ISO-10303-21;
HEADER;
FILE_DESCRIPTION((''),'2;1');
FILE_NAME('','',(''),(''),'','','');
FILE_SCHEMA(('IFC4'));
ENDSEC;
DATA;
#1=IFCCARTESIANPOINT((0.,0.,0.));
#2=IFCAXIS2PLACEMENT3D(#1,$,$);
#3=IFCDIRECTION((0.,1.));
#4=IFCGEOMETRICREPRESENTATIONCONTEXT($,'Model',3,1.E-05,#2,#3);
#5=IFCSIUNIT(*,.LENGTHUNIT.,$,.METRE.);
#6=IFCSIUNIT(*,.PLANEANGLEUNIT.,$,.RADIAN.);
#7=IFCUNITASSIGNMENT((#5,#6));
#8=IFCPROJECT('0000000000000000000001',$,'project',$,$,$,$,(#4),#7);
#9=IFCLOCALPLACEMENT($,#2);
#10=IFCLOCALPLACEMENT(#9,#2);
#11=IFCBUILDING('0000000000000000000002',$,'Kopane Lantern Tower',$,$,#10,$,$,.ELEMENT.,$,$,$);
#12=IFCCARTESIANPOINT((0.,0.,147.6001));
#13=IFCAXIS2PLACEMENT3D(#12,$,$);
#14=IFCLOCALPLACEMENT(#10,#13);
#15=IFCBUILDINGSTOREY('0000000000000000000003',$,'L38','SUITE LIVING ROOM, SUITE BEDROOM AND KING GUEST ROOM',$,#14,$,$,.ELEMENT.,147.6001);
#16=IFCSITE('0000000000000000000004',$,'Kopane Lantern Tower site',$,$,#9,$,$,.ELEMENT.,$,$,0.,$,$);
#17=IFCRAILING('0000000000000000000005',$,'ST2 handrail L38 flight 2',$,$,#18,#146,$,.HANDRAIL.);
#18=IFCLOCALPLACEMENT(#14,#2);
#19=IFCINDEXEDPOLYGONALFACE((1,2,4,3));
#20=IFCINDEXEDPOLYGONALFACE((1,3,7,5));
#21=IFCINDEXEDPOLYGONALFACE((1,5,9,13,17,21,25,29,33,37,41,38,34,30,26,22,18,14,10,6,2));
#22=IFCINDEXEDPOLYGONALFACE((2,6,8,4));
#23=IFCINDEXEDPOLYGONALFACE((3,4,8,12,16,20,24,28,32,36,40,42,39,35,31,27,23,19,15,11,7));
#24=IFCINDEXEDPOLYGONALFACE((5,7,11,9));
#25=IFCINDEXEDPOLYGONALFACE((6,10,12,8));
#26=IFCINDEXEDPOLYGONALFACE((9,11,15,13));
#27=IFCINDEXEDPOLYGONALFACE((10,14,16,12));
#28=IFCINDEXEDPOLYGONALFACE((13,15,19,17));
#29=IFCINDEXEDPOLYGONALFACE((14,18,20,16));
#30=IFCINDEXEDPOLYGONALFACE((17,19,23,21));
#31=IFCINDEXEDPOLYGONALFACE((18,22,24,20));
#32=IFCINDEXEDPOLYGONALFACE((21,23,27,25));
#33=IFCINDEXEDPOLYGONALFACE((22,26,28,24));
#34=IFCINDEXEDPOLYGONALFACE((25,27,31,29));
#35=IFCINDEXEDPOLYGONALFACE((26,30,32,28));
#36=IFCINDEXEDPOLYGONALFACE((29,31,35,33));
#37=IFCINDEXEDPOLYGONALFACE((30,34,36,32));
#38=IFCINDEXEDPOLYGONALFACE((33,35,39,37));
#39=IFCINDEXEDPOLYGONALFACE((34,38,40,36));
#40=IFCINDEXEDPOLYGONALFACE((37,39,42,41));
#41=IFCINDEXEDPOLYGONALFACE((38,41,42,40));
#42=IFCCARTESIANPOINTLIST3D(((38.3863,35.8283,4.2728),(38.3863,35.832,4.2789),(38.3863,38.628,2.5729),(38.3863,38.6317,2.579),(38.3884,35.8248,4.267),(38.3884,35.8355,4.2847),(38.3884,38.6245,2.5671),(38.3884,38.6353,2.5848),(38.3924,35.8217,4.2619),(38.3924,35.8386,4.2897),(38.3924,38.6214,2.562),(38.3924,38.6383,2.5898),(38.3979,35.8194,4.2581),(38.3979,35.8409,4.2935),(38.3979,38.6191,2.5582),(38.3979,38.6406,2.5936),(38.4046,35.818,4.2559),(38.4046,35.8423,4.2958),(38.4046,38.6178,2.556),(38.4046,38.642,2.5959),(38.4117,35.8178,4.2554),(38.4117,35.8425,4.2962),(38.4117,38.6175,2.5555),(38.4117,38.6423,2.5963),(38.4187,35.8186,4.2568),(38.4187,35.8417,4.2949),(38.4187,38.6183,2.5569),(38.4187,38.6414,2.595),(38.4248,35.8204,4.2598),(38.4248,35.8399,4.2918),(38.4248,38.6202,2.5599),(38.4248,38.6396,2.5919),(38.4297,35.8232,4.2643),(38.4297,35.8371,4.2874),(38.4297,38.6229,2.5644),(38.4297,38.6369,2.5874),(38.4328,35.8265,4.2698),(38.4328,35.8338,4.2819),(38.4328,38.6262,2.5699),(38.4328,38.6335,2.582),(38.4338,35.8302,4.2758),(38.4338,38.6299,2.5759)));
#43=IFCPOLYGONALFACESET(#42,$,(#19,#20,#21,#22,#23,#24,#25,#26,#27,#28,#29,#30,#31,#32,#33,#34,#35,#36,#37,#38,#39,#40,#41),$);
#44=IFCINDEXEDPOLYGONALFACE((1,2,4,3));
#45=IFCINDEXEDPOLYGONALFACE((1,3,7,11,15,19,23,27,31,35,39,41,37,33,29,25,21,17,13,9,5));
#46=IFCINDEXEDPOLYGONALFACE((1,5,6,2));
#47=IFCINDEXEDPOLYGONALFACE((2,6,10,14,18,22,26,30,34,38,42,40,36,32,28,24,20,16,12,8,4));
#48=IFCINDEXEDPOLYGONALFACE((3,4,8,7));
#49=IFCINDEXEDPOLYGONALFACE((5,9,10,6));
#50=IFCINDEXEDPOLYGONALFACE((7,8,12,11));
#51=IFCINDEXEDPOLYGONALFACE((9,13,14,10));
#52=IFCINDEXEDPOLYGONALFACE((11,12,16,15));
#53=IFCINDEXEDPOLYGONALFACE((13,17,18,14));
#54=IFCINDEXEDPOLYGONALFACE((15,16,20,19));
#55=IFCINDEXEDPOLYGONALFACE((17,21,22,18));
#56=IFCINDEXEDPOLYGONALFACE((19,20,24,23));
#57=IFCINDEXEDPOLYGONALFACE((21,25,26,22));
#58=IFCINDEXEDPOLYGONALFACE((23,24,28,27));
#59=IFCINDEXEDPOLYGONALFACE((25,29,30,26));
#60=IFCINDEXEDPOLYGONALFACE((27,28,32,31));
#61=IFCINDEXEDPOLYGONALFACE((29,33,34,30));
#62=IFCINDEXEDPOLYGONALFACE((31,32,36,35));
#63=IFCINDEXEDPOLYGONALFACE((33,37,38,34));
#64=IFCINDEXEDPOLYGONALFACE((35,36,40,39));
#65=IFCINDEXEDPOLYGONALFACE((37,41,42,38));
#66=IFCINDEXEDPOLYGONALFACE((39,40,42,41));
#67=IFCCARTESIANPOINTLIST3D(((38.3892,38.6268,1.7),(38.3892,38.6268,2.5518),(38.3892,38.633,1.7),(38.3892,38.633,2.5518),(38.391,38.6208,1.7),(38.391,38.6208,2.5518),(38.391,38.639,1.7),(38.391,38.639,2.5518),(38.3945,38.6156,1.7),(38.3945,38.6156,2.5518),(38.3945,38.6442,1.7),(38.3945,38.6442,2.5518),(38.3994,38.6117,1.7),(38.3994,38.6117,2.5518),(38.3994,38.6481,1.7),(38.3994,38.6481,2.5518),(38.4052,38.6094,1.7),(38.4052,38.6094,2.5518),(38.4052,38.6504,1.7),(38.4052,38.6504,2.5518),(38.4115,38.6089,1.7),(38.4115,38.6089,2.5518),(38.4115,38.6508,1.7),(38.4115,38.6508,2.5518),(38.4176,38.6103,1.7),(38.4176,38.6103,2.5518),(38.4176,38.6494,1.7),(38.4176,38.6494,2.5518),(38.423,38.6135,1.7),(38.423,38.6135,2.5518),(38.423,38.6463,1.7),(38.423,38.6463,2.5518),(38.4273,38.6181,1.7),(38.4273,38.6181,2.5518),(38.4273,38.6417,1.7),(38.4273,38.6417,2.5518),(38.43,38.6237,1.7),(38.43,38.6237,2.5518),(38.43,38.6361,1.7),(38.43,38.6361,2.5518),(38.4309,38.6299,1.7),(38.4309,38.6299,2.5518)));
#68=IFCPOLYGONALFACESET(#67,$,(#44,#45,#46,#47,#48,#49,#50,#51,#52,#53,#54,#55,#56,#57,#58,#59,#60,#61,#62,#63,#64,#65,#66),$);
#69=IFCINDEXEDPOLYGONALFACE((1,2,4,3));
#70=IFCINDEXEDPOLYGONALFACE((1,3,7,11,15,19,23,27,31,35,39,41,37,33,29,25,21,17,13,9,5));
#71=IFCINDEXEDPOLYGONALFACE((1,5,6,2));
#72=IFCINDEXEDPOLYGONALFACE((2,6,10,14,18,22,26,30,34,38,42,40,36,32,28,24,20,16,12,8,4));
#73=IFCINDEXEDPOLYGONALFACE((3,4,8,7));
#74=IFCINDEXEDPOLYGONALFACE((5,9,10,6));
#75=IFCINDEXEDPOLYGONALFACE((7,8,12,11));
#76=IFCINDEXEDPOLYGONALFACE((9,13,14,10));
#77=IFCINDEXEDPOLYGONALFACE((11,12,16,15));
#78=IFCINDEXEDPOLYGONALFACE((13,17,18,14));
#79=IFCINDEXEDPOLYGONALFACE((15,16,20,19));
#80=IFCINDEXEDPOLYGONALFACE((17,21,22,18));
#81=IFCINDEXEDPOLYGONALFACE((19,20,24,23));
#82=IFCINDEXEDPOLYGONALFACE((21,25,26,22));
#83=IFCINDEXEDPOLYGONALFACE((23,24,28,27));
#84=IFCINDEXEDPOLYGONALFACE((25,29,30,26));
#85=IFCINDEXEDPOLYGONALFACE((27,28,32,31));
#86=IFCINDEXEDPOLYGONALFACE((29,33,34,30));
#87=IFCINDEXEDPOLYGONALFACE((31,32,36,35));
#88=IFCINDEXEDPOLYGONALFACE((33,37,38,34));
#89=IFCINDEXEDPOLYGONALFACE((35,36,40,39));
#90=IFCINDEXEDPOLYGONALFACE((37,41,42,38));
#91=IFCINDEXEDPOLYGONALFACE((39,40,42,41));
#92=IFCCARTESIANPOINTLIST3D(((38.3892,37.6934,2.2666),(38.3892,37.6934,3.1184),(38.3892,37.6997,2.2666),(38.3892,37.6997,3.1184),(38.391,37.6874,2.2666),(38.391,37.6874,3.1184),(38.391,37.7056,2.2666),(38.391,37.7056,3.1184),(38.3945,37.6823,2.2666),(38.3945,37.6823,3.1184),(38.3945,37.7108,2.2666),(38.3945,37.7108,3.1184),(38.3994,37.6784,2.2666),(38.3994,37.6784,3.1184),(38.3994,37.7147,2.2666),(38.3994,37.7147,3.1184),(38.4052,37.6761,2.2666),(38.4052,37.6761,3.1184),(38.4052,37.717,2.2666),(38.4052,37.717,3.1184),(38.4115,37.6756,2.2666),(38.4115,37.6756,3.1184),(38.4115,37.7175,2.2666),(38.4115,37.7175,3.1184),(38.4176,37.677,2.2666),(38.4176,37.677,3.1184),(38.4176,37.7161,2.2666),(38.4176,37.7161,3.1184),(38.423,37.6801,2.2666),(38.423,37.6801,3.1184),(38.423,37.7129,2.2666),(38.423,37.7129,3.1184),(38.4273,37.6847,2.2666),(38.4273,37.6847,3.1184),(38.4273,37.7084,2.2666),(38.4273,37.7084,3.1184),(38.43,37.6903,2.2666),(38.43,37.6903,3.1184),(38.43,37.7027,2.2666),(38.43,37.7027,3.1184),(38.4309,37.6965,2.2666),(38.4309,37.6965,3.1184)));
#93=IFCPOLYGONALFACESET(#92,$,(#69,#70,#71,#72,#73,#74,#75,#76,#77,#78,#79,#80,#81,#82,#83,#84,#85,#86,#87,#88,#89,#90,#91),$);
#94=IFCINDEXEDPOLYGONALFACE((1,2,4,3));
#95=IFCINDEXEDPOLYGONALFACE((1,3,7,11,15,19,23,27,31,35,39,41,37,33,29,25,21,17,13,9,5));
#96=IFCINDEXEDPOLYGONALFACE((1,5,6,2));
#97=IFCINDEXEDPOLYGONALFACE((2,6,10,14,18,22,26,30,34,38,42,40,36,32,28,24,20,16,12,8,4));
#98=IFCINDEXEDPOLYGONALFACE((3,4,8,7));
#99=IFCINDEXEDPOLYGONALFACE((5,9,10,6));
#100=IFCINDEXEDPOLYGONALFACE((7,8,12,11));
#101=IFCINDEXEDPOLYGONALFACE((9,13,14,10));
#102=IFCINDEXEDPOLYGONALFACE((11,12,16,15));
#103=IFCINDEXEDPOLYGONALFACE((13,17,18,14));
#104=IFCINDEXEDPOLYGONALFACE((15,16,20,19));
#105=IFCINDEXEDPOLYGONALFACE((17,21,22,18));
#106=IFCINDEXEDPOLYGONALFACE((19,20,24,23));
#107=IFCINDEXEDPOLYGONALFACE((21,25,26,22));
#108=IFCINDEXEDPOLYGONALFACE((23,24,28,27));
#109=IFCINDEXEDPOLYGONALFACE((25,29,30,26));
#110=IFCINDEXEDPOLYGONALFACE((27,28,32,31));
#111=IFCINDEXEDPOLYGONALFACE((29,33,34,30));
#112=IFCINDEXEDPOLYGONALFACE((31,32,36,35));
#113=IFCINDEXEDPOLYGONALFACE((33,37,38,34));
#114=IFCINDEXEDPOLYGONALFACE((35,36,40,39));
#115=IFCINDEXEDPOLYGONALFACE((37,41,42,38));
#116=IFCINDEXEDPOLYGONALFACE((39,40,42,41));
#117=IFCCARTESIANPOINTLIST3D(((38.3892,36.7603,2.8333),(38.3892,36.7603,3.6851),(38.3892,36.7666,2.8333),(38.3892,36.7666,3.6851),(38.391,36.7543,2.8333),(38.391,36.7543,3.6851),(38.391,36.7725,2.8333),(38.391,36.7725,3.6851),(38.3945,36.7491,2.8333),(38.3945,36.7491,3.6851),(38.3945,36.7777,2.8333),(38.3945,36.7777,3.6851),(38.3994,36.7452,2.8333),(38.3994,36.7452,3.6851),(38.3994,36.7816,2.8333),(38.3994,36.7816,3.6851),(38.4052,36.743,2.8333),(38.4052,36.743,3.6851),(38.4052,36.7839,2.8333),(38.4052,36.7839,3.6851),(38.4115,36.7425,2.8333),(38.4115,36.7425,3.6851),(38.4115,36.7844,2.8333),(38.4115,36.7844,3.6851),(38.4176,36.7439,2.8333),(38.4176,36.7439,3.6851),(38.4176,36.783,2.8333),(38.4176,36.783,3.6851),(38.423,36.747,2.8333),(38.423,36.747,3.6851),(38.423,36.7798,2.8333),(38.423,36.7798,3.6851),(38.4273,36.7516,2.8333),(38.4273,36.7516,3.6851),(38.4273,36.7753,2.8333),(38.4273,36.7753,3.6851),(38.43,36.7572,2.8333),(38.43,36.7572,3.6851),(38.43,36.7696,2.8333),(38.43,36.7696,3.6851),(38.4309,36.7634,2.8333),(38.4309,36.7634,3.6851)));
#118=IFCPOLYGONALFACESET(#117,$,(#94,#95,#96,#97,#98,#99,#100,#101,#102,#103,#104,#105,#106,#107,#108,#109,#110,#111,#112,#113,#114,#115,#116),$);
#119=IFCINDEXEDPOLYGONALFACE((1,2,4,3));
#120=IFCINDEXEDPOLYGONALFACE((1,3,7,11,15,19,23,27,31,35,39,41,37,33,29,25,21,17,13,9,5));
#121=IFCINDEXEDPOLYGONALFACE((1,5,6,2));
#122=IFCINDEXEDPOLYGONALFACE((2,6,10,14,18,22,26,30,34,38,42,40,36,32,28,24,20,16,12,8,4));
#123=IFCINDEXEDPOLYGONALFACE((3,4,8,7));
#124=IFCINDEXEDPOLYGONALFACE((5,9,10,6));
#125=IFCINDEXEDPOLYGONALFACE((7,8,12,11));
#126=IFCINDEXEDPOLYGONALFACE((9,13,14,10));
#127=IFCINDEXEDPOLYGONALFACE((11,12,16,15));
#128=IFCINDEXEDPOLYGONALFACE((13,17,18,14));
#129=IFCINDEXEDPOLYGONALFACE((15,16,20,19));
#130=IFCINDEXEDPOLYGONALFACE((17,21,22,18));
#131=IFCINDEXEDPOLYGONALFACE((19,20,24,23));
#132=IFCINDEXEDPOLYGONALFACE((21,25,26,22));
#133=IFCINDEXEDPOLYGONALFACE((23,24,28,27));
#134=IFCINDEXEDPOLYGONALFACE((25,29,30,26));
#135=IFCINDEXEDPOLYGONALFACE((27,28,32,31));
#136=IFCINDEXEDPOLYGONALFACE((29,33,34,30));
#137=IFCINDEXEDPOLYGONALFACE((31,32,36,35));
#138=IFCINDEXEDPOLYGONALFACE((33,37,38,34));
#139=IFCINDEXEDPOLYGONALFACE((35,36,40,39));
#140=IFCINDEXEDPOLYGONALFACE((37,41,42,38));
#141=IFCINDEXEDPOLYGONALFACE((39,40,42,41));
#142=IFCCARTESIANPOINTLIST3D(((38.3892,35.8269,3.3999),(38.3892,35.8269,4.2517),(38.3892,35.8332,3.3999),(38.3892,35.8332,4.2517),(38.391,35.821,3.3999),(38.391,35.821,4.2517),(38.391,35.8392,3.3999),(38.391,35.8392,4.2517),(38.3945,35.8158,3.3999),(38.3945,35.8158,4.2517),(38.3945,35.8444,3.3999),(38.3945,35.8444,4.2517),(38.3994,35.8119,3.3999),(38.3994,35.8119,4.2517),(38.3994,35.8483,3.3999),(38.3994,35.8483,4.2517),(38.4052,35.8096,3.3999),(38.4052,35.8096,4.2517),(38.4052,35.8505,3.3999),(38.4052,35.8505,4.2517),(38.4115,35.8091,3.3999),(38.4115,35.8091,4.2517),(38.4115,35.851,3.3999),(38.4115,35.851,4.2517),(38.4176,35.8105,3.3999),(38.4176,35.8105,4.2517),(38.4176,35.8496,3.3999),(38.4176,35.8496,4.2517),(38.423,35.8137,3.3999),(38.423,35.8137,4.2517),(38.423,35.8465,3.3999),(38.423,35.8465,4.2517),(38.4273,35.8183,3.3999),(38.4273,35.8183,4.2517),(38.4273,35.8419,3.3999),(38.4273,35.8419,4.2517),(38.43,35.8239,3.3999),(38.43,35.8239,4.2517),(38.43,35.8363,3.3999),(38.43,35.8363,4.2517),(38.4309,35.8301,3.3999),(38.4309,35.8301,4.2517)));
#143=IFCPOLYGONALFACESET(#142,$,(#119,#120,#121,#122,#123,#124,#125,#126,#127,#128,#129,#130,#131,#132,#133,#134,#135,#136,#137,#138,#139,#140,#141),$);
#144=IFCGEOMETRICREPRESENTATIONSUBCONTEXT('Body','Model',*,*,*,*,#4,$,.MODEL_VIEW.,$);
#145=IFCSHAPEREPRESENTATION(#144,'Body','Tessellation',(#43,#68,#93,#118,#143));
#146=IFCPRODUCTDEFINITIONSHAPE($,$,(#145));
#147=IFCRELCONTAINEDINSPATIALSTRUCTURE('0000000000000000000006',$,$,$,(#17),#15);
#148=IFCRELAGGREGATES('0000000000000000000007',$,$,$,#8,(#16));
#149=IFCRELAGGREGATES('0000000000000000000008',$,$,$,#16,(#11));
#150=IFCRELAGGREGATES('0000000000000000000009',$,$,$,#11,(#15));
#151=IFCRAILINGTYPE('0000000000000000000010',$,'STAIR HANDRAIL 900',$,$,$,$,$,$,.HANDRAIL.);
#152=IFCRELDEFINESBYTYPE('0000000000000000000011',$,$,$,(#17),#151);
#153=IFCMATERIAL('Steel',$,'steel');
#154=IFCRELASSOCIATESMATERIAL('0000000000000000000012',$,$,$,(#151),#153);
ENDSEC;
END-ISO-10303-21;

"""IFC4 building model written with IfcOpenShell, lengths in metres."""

from ifc_helpers import new_model, si_unit, direction, frame, origin, origin_2d, place, context, subcontext, project, spatial, circle, extrude, material, type_object, element, save


model = new_model("IFC4")

# Units and contexts
model_context = context("Model", 3, precision=1e-05, world=origin(), true_north=direction((0.0, 1.0)))
body_context = subcontext(model_context, "Body", "Model", "MODEL_VIEW")
ifc_project = project(units=[si_unit("LENGTHUNIT", "METRE"), si_unit("PLANEANGLEUNIT", "RADIAN")], contexts=[model_context])

# Site, building, storey
site_placement = place(None, origin())
site = spatial("IfcSite", under=ifc_project, at=site_placement, Name="Kopane Lantern Tower site", CompositionType="ELEMENT", RefElevation=0.0)
building_placement = place(site_placement, origin())
building = spatial("IfcBuilding", under=site, at=building_placement, Name="Kopane Lantern Tower", CompositionType="ELEMENT")
storey_placement = place(building_placement, frame((0.0, 0.0, 147.6001)))
storey = spatial("IfcBuildingStorey", under=building, at=storey_placement, Name="L38", Description="SUITE LIVING ROOM, SUITE BEDROOM AND KING GUEST ROOM", CompositionType="ELEMENT", Elevation=147.6001)

# Railing
ifc_material_1 = material(Name="Steel", Category="steel")
railing_type_1 = type_object("IfcRailingType", Name="STAIR HANDRAIL 900", PredefinedType="HANDRAIL", material=ifc_material_1)
for number, where, name in (
    (1, (38.4099, 38.6299, 1.7), "ST2 handrail L38 flight 2"),
):
    element("IfcRailing", number, at=place(storey_placement, frame(where)), inside=storey, type_object=railing_type_1, Name=name, PredefinedType="HANDRAIL", context=body_context, shape_type="SweptSolid", body=[
        extrude(circle(Radius=0.0239, at=origin_2d()), frame((0.0, 0.0, 0.876), z_axis=(0.0, -0.854778, 0.518994), x_axis=(1.0, 0.0, 0.0)), (0.0, 0.0, 1.0), 3.2754),
        extrude(circle(Radius=0.021, at=origin_2d()), origin(), (0.0, 0.0, 1.0), 0.8518),
        extrude(circle(Radius=0.021, at=origin_2d()), frame((0.0, -0.9333, 0.5667)), (0.0, 0.0, 1.0), 0.8518),
        extrude(circle(Radius=0.021, at=origin_2d()), frame((0.0, -1.8665, 1.1333)), (0.0, 0.0, 1.0), 0.8518),
        extrude(circle(Radius=0.021, at=origin_2d()), frame((0.0, -2.7998, 1.7)), (0.0, 0.0, 1.0), 0.8518),
    ])

save(model, "model.ifc")
